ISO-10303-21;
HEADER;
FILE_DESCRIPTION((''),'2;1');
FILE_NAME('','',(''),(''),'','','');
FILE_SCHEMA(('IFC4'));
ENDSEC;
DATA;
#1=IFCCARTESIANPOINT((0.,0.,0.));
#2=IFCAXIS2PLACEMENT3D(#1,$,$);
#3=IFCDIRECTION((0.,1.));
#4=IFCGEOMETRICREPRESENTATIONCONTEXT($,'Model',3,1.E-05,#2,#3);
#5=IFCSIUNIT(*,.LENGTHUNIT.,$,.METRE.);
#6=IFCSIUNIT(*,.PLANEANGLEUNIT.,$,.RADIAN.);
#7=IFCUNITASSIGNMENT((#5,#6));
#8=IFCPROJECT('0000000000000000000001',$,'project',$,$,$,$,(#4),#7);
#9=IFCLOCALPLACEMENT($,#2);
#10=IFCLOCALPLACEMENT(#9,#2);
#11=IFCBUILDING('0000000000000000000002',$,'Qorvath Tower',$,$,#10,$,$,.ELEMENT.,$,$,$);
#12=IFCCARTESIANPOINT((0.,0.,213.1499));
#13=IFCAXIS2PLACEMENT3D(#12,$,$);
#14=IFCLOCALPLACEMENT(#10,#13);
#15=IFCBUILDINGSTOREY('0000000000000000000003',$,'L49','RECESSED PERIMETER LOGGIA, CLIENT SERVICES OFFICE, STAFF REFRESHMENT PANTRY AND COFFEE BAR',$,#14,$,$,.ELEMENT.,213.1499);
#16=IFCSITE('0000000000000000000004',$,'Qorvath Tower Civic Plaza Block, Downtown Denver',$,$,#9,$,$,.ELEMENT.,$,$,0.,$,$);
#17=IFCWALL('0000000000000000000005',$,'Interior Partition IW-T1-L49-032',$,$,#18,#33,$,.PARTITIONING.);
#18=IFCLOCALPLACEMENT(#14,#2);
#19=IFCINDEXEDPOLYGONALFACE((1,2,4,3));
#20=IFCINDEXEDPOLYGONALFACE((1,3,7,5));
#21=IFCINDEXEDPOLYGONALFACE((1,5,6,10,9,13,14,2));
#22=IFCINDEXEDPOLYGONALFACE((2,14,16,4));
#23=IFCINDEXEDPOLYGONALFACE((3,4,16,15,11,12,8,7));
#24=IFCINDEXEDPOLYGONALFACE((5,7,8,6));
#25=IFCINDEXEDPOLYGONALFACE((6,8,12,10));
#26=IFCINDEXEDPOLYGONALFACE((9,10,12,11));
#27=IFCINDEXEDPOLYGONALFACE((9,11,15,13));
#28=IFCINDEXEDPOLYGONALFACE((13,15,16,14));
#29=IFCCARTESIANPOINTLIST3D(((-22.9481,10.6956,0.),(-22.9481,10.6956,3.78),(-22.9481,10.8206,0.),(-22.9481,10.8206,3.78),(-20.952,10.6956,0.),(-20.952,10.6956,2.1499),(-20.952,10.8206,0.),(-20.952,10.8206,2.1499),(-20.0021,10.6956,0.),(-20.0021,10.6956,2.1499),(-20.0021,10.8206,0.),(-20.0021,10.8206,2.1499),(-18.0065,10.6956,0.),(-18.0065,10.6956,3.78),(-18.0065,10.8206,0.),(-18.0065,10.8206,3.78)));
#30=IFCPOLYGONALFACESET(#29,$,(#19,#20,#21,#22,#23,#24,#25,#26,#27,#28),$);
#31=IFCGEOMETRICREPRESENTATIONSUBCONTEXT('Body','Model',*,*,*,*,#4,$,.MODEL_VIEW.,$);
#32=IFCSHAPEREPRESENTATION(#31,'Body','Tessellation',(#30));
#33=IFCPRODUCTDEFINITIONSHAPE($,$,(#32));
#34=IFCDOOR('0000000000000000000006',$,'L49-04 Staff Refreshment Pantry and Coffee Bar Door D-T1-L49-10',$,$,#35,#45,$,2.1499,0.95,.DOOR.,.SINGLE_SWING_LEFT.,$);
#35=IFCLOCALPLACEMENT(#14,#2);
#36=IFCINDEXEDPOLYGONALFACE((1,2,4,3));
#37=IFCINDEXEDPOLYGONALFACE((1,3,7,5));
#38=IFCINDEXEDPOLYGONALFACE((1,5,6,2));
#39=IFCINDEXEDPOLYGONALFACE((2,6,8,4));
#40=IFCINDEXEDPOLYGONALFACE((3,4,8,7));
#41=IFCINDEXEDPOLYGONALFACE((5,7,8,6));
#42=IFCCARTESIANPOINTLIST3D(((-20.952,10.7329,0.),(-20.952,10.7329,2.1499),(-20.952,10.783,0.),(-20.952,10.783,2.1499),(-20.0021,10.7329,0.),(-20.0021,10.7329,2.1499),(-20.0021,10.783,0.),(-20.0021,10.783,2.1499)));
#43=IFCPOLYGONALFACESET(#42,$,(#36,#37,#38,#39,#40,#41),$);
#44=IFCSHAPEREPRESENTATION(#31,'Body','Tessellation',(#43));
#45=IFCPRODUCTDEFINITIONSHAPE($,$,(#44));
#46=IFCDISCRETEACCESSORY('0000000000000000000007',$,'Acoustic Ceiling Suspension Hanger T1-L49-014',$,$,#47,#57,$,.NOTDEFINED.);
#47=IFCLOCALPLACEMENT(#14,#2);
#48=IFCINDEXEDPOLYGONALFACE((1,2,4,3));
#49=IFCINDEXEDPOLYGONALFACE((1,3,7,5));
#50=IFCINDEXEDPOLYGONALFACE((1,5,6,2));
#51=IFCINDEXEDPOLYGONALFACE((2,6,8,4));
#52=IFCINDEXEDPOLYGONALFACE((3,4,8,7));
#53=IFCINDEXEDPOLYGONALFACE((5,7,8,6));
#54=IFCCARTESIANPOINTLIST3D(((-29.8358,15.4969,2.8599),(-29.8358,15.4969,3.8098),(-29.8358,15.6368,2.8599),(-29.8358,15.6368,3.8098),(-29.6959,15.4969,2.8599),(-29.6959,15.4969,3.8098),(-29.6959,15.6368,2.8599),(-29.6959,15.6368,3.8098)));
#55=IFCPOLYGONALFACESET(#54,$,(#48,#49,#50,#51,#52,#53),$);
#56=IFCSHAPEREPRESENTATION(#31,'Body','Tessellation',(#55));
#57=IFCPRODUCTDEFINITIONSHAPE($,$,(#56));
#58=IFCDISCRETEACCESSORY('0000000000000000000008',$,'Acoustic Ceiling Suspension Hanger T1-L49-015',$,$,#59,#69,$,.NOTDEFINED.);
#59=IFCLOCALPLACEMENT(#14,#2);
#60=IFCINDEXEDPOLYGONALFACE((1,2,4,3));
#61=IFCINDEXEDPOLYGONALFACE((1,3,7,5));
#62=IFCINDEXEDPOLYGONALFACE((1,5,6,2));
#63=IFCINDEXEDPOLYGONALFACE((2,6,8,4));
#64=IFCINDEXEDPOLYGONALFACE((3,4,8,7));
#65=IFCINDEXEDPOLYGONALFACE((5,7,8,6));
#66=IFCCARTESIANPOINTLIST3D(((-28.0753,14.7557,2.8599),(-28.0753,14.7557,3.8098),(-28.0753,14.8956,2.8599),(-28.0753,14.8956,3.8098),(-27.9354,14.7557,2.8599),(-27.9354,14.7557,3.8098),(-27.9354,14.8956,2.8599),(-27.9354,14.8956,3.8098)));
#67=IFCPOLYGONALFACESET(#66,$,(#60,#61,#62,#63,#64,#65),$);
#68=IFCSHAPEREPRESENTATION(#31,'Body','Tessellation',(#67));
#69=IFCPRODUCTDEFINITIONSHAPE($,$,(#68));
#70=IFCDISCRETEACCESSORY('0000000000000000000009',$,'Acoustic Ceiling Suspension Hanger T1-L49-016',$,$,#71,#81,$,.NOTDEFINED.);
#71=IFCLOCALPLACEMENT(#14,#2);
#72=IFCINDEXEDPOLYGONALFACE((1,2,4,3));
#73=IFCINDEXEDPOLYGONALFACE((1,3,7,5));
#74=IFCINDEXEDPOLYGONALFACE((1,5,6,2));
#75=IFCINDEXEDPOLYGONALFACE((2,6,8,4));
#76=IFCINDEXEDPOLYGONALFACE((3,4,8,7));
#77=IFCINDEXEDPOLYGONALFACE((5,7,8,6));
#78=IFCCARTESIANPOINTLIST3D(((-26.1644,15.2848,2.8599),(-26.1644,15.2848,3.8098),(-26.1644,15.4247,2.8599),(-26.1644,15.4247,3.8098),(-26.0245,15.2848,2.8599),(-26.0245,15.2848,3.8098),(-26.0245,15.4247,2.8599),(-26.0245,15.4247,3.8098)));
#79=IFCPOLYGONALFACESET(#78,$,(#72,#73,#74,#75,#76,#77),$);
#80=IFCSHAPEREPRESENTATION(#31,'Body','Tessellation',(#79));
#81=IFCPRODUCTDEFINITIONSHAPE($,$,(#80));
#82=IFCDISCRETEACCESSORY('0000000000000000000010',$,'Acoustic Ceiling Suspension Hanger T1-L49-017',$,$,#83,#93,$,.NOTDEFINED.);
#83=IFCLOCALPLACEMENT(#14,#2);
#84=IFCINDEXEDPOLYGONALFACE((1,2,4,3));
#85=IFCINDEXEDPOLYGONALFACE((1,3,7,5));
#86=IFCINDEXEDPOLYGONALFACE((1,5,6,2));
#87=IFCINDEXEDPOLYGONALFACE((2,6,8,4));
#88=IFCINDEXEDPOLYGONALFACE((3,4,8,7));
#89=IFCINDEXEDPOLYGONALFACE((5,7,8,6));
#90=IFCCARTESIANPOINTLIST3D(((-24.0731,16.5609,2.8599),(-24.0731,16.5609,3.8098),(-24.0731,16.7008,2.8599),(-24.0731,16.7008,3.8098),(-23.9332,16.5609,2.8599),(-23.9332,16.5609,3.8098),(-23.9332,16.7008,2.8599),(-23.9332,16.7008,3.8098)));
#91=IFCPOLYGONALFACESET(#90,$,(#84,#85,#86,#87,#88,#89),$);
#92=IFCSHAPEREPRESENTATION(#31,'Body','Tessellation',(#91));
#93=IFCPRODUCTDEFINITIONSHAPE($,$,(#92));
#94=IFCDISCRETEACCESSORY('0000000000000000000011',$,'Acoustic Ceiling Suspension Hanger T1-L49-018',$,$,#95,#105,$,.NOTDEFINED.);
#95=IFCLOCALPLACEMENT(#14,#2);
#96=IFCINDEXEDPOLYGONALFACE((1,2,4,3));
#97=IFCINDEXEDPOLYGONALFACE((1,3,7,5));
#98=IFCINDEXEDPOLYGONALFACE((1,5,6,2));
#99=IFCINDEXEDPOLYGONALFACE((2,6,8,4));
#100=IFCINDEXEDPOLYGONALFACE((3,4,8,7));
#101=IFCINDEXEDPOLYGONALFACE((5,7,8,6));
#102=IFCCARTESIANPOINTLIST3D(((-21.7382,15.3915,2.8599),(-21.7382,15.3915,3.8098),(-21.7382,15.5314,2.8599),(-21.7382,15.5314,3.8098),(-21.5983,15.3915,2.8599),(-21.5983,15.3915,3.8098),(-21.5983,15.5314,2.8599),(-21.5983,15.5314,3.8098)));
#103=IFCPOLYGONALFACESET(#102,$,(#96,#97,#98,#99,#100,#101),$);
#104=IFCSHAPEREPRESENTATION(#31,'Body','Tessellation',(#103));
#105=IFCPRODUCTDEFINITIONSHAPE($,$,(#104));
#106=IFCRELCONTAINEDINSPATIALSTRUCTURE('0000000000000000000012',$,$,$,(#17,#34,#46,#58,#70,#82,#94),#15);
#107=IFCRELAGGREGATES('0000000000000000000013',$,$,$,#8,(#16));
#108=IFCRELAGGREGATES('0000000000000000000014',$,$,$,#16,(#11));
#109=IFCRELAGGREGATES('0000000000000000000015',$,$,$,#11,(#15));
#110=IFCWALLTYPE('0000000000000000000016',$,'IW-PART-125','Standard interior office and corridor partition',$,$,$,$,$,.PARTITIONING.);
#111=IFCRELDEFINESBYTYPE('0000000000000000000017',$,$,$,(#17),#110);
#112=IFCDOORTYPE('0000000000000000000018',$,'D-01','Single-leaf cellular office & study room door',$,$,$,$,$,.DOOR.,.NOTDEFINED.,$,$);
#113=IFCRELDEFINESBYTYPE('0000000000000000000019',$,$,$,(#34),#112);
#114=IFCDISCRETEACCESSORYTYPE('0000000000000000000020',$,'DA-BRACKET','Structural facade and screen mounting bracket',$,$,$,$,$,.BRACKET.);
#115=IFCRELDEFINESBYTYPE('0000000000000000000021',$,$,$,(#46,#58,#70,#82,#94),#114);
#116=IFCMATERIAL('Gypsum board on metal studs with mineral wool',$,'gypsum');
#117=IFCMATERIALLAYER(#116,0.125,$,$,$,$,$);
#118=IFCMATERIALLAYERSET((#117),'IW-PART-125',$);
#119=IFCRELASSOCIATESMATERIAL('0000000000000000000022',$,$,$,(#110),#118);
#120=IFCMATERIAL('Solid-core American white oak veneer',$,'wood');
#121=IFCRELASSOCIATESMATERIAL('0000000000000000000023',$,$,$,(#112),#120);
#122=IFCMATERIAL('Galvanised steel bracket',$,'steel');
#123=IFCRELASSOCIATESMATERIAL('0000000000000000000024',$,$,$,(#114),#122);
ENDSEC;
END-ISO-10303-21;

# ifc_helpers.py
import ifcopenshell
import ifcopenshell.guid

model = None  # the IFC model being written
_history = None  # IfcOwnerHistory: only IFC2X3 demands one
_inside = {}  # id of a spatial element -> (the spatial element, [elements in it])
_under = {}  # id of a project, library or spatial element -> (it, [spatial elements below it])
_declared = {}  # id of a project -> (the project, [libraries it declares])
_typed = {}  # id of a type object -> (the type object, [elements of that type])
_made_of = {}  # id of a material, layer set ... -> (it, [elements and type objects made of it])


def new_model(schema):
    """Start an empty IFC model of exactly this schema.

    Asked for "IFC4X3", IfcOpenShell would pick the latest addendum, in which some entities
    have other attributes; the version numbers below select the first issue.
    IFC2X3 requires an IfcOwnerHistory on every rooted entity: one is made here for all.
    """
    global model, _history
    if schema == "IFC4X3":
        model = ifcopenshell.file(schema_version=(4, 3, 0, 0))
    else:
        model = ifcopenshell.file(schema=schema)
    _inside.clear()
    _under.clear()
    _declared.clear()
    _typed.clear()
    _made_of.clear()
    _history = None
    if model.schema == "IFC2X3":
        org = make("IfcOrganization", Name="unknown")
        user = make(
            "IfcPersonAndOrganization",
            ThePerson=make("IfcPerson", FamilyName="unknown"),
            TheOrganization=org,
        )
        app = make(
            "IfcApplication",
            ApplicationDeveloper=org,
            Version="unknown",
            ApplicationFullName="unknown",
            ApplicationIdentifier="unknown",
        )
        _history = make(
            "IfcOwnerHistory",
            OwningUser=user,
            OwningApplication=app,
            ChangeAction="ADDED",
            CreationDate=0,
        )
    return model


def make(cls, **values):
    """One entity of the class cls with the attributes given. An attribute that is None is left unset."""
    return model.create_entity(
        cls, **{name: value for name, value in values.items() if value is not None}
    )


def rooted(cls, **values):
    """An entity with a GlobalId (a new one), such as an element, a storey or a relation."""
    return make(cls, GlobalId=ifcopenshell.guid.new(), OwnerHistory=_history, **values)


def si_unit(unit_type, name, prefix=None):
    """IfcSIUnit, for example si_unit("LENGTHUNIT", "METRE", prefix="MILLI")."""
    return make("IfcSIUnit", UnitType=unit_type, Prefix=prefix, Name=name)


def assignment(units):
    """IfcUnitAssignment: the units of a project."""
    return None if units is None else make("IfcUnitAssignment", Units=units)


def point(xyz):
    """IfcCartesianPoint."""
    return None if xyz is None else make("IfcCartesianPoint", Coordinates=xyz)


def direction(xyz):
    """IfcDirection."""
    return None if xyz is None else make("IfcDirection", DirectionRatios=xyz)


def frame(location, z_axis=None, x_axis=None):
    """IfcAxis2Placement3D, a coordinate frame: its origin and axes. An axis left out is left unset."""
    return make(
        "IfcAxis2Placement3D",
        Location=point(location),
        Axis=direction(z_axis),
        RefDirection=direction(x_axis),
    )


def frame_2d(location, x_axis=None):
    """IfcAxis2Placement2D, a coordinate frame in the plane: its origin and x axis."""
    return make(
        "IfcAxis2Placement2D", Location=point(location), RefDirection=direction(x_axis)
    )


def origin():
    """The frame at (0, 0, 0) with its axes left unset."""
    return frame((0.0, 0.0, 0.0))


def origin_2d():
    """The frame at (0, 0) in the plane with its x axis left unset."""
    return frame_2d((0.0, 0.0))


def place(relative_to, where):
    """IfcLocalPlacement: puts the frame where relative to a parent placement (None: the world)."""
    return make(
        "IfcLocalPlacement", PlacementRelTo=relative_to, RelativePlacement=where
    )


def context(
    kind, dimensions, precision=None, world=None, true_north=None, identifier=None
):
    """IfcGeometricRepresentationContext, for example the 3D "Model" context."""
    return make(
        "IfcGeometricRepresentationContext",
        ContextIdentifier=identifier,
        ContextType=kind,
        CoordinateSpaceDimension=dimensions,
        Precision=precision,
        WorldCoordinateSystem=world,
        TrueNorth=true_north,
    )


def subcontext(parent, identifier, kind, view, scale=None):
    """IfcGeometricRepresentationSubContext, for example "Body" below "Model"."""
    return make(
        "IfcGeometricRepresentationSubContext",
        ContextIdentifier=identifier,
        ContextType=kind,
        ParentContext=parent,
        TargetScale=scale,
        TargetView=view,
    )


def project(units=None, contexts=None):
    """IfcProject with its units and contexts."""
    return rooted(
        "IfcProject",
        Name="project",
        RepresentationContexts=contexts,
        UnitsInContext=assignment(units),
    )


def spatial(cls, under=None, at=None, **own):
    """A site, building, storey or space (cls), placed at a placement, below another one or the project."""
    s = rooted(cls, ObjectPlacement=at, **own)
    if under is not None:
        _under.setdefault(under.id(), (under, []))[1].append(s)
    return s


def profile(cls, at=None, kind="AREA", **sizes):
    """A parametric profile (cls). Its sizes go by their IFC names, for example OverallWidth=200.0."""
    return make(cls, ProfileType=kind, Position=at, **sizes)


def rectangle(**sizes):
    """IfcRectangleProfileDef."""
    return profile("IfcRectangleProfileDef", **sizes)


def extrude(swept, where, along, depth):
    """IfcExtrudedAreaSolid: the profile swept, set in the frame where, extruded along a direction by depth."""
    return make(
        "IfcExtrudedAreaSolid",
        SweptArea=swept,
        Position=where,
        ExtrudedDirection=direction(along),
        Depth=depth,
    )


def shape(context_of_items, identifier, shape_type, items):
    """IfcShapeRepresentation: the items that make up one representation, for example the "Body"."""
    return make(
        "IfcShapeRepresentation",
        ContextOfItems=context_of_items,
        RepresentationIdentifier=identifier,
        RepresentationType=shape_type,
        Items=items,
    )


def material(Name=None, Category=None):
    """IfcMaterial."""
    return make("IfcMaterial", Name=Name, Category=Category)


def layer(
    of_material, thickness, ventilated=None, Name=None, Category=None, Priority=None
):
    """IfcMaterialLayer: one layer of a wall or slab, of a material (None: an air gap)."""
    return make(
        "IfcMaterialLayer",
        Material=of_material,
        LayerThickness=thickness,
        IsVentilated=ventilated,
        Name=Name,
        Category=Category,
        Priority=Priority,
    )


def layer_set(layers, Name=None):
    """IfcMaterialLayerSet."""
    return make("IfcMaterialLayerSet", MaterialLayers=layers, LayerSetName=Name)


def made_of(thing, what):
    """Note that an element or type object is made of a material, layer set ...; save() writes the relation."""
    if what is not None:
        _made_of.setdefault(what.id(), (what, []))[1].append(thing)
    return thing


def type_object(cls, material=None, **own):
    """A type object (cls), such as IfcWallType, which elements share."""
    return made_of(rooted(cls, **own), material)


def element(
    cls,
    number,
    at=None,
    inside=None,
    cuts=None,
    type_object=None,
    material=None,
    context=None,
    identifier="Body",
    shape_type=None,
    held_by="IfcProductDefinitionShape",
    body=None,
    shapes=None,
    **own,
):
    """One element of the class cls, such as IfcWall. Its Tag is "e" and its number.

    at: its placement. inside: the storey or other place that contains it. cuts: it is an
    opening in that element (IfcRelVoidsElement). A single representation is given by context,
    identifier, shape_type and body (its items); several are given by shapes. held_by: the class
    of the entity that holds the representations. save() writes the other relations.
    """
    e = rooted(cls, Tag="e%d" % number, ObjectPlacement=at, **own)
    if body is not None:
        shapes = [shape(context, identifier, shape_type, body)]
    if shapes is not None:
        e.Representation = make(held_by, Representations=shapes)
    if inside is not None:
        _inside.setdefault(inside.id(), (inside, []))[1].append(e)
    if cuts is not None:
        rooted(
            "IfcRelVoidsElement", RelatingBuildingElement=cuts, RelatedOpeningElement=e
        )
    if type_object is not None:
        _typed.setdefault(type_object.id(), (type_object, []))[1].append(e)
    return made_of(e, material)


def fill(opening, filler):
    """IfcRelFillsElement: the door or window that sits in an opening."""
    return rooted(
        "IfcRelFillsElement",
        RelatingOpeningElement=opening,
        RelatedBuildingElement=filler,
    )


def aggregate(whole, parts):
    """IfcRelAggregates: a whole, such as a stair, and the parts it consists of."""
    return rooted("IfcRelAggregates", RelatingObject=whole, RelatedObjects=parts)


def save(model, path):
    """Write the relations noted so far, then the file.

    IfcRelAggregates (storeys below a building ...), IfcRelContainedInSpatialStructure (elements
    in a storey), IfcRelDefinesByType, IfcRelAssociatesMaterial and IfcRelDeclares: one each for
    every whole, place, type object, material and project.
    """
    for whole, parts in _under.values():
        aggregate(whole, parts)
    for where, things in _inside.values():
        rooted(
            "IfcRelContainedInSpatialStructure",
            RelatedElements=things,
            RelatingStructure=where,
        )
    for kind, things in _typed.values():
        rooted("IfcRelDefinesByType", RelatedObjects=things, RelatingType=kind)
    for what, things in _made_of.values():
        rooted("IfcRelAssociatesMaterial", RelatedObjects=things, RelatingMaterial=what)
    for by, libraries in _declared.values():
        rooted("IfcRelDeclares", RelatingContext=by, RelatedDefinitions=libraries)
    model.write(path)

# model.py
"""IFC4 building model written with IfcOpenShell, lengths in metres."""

from ifc_helpers import new_model, si_unit, direction, frame, frame_2d, origin, origin_2d, place, context, subcontext, project, spatial, rectangle, extrude, material, layer, layer_set, type_object, element, fill, save


model = new_model("IFC4")

# Units and contexts
model_context = context("Model", 3, precision=1e-05, world=origin(), true_north=direction((0.0, 1.0)))
body_context = subcontext(model_context, "Body", "Model", "MODEL_VIEW")
ifc_project = project(units=[si_unit("LENGTHUNIT", "METRE"), si_unit("PLANEANGLEUNIT", "RADIAN")], contexts=[model_context])

# Site, building, storey
site_placement = place(None, origin())
site = spatial("IfcSite", under=ifc_project, at=site_placement, Name="Qorvath Tower Civic Plaza Block, Downtown Denver", CompositionType="ELEMENT", RefElevation=0.0)
building_placement = place(site_placement, origin())
building = spatial("IfcBuilding", under=site, at=building_placement, Name="Qorvath Tower", CompositionType="ELEMENT")
storey_placement = place(building_placement, frame((0.0, 0.0, 213.1499)))
storey = spatial("IfcBuildingStorey", under=building, at=storey_placement, Name="L49", Description="RECESSED PERIMETER LOGGIA, CLIENT SERVICES OFFICE, STAFF REFRESHMENT PANTRY AND COFFEE BAR", CompositionType="ELEMENT", Elevation=213.1499)

# Shared definitions
ifc_material_1 = material(Name="Gypsum board on metal studs with mineral wool", Category="gypsum")
ifc_layer_1 = layer(ifc_material_1, 0.125)
ifc_layer_set_1 = layer_set([ifc_layer_1], Name="IW-PART-125")
wall_type_1 = type_object("IfcWallType", Name="IW-PART-125", Description="Standard interior office and corridor partition", PredefinedType="PARTITIONING", material=ifc_layer_set_1)
ifc_material_2 = material(Name="Solid-core American white oak veneer", Category="wood")
door_type = type_object("IfcDoorType", Name="D-01", Description="Single-leaf cellular office & study room door", OperationType="NOTDEFINED", PredefinedType="DOOR", material=ifc_material_2)

# Wall, opening, door
wall_1_placement = place(storey_placement, frame((-22.948, 10.7581, 0.0), z_axis=(0.0, 0.0, 1.0), x_axis=(1.0, 0.0, 0.0)))
wall_1 = element("IfcWall", 1, at=wall_1_placement, inside=storey, type_object=wall_type_1, Name="Interior Partition IW-T1-L49-032", PredefinedType="PARTITIONING", context=body_context, shape_type="SweptSolid", body=[
    extrude(rectangle(XDim=4.9417, YDim=0.125, at=frame_2d((2.4707, 0.0))), origin(), (0.0, 0.0, 1.0), 3.78),
])
opening_1_placement = place(wall_1_placement, frame((1.9958, 0.0, 0.0)))
opening_1 = element("IfcOpeningElement", 2, at=opening_1_placement, cuts=wall_1, PredefinedType="OPENING", context=body_context, shape_type="SweptSolid", body=[
    extrude(rectangle(XDim=0.95, YDim=2.1499, at=frame_2d((0.4751, 1.075))), frame((0.0, 0.0725, 0.0), z_axis=(0.0, -1.0, 0.0), x_axis=(1.0, 0.0, 0.0)), (0.0, 0.0, 1.0), 0.145),
])
door_1_placement = place(opening_1_placement, origin())
door_1 = element("IfcDoor", 3, at=door_1_placement, inside=storey, type_object=door_type, Name="L49-04 Staff Refreshment Pantry and Coffee Bar Door D-T1-L49-10", OperationType="SINGLE_SWING_LEFT", OverallHeight=2.1499, OverallWidth=0.95, PredefinedType="DOOR", context=body_context, shape_type="SweptSolid", body=[
    extrude(rectangle(XDim=0.95, YDim=2.1499, at=frame_2d((0.4751, 1.075))), frame((0.0, 0.0249, 0.0), z_axis=(0.0, -1.0, 0.0), x_axis=(1.0, 0.0, 0.0)), (0.0, 0.0, 1.0), 0.05),
])
fill(opening_1, door_1)

# Discrete accessories
ifc_material_3 = material(Name="Galvanised steel bracket", Category="steel")
discrete_accessory_type = type_object("IfcDiscreteAccessoryType", Name="DA-BRACKET", Description="Structural facade and screen mounting bracket", PredefinedType="BRACKET", material=ifc_material_3)
for number, where, z_axis, x_axis, name in (
    (4, (-29.7659, 15.5669, 2.8599), (0.0, 0.0, 1.0), (1.0, 0.0, 0.0), "Acoustic Ceiling Suspension Hanger T1-L49-014"),
    (5, (-28.0054, 14.8257, 2.8599), (0.0, 0.0, 1.0), (1.0, 0.0, 0.0), "Acoustic Ceiling Suspension Hanger T1-L49-015"),
    (6, (-26.0945, 15.3547, 2.8599), (0.0, 0.0, 1.0), (1.0, 0.0, 0.0), "Acoustic Ceiling Suspension Hanger T1-L49-016"),
    (7, (-24.0032, 16.6309, 2.8599), (0.0, 0.0, 1.0), (1.0, 0.0, 0.0), "Acoustic Ceiling Suspension Hanger T1-L49-017"),
    (8, (-21.6682, 15.4614, 2.8599), (0.0, 0.0, 1.0), (1.0, 0.0, 0.0), "Acoustic Ceiling Suspension Hanger T1-L49-018"),
):
    element("IfcDiscreteAccessory", number, at=place(storey_placement, frame(where, z_axis=z_axis, x_axis=x_axis)), inside=storey, type_object=discrete_accessory_type, Name=name, PredefinedType="NOTDEFINED", context=body_context, shape_type="SweptSolid", body=[
        extrude(rectangle(XDim=0.1399, YDim=0.1399, at=origin_2d()), origin(), (0.0, 0.0, 1.0), 0.95),
    ])

save(model, "model.ifc")
